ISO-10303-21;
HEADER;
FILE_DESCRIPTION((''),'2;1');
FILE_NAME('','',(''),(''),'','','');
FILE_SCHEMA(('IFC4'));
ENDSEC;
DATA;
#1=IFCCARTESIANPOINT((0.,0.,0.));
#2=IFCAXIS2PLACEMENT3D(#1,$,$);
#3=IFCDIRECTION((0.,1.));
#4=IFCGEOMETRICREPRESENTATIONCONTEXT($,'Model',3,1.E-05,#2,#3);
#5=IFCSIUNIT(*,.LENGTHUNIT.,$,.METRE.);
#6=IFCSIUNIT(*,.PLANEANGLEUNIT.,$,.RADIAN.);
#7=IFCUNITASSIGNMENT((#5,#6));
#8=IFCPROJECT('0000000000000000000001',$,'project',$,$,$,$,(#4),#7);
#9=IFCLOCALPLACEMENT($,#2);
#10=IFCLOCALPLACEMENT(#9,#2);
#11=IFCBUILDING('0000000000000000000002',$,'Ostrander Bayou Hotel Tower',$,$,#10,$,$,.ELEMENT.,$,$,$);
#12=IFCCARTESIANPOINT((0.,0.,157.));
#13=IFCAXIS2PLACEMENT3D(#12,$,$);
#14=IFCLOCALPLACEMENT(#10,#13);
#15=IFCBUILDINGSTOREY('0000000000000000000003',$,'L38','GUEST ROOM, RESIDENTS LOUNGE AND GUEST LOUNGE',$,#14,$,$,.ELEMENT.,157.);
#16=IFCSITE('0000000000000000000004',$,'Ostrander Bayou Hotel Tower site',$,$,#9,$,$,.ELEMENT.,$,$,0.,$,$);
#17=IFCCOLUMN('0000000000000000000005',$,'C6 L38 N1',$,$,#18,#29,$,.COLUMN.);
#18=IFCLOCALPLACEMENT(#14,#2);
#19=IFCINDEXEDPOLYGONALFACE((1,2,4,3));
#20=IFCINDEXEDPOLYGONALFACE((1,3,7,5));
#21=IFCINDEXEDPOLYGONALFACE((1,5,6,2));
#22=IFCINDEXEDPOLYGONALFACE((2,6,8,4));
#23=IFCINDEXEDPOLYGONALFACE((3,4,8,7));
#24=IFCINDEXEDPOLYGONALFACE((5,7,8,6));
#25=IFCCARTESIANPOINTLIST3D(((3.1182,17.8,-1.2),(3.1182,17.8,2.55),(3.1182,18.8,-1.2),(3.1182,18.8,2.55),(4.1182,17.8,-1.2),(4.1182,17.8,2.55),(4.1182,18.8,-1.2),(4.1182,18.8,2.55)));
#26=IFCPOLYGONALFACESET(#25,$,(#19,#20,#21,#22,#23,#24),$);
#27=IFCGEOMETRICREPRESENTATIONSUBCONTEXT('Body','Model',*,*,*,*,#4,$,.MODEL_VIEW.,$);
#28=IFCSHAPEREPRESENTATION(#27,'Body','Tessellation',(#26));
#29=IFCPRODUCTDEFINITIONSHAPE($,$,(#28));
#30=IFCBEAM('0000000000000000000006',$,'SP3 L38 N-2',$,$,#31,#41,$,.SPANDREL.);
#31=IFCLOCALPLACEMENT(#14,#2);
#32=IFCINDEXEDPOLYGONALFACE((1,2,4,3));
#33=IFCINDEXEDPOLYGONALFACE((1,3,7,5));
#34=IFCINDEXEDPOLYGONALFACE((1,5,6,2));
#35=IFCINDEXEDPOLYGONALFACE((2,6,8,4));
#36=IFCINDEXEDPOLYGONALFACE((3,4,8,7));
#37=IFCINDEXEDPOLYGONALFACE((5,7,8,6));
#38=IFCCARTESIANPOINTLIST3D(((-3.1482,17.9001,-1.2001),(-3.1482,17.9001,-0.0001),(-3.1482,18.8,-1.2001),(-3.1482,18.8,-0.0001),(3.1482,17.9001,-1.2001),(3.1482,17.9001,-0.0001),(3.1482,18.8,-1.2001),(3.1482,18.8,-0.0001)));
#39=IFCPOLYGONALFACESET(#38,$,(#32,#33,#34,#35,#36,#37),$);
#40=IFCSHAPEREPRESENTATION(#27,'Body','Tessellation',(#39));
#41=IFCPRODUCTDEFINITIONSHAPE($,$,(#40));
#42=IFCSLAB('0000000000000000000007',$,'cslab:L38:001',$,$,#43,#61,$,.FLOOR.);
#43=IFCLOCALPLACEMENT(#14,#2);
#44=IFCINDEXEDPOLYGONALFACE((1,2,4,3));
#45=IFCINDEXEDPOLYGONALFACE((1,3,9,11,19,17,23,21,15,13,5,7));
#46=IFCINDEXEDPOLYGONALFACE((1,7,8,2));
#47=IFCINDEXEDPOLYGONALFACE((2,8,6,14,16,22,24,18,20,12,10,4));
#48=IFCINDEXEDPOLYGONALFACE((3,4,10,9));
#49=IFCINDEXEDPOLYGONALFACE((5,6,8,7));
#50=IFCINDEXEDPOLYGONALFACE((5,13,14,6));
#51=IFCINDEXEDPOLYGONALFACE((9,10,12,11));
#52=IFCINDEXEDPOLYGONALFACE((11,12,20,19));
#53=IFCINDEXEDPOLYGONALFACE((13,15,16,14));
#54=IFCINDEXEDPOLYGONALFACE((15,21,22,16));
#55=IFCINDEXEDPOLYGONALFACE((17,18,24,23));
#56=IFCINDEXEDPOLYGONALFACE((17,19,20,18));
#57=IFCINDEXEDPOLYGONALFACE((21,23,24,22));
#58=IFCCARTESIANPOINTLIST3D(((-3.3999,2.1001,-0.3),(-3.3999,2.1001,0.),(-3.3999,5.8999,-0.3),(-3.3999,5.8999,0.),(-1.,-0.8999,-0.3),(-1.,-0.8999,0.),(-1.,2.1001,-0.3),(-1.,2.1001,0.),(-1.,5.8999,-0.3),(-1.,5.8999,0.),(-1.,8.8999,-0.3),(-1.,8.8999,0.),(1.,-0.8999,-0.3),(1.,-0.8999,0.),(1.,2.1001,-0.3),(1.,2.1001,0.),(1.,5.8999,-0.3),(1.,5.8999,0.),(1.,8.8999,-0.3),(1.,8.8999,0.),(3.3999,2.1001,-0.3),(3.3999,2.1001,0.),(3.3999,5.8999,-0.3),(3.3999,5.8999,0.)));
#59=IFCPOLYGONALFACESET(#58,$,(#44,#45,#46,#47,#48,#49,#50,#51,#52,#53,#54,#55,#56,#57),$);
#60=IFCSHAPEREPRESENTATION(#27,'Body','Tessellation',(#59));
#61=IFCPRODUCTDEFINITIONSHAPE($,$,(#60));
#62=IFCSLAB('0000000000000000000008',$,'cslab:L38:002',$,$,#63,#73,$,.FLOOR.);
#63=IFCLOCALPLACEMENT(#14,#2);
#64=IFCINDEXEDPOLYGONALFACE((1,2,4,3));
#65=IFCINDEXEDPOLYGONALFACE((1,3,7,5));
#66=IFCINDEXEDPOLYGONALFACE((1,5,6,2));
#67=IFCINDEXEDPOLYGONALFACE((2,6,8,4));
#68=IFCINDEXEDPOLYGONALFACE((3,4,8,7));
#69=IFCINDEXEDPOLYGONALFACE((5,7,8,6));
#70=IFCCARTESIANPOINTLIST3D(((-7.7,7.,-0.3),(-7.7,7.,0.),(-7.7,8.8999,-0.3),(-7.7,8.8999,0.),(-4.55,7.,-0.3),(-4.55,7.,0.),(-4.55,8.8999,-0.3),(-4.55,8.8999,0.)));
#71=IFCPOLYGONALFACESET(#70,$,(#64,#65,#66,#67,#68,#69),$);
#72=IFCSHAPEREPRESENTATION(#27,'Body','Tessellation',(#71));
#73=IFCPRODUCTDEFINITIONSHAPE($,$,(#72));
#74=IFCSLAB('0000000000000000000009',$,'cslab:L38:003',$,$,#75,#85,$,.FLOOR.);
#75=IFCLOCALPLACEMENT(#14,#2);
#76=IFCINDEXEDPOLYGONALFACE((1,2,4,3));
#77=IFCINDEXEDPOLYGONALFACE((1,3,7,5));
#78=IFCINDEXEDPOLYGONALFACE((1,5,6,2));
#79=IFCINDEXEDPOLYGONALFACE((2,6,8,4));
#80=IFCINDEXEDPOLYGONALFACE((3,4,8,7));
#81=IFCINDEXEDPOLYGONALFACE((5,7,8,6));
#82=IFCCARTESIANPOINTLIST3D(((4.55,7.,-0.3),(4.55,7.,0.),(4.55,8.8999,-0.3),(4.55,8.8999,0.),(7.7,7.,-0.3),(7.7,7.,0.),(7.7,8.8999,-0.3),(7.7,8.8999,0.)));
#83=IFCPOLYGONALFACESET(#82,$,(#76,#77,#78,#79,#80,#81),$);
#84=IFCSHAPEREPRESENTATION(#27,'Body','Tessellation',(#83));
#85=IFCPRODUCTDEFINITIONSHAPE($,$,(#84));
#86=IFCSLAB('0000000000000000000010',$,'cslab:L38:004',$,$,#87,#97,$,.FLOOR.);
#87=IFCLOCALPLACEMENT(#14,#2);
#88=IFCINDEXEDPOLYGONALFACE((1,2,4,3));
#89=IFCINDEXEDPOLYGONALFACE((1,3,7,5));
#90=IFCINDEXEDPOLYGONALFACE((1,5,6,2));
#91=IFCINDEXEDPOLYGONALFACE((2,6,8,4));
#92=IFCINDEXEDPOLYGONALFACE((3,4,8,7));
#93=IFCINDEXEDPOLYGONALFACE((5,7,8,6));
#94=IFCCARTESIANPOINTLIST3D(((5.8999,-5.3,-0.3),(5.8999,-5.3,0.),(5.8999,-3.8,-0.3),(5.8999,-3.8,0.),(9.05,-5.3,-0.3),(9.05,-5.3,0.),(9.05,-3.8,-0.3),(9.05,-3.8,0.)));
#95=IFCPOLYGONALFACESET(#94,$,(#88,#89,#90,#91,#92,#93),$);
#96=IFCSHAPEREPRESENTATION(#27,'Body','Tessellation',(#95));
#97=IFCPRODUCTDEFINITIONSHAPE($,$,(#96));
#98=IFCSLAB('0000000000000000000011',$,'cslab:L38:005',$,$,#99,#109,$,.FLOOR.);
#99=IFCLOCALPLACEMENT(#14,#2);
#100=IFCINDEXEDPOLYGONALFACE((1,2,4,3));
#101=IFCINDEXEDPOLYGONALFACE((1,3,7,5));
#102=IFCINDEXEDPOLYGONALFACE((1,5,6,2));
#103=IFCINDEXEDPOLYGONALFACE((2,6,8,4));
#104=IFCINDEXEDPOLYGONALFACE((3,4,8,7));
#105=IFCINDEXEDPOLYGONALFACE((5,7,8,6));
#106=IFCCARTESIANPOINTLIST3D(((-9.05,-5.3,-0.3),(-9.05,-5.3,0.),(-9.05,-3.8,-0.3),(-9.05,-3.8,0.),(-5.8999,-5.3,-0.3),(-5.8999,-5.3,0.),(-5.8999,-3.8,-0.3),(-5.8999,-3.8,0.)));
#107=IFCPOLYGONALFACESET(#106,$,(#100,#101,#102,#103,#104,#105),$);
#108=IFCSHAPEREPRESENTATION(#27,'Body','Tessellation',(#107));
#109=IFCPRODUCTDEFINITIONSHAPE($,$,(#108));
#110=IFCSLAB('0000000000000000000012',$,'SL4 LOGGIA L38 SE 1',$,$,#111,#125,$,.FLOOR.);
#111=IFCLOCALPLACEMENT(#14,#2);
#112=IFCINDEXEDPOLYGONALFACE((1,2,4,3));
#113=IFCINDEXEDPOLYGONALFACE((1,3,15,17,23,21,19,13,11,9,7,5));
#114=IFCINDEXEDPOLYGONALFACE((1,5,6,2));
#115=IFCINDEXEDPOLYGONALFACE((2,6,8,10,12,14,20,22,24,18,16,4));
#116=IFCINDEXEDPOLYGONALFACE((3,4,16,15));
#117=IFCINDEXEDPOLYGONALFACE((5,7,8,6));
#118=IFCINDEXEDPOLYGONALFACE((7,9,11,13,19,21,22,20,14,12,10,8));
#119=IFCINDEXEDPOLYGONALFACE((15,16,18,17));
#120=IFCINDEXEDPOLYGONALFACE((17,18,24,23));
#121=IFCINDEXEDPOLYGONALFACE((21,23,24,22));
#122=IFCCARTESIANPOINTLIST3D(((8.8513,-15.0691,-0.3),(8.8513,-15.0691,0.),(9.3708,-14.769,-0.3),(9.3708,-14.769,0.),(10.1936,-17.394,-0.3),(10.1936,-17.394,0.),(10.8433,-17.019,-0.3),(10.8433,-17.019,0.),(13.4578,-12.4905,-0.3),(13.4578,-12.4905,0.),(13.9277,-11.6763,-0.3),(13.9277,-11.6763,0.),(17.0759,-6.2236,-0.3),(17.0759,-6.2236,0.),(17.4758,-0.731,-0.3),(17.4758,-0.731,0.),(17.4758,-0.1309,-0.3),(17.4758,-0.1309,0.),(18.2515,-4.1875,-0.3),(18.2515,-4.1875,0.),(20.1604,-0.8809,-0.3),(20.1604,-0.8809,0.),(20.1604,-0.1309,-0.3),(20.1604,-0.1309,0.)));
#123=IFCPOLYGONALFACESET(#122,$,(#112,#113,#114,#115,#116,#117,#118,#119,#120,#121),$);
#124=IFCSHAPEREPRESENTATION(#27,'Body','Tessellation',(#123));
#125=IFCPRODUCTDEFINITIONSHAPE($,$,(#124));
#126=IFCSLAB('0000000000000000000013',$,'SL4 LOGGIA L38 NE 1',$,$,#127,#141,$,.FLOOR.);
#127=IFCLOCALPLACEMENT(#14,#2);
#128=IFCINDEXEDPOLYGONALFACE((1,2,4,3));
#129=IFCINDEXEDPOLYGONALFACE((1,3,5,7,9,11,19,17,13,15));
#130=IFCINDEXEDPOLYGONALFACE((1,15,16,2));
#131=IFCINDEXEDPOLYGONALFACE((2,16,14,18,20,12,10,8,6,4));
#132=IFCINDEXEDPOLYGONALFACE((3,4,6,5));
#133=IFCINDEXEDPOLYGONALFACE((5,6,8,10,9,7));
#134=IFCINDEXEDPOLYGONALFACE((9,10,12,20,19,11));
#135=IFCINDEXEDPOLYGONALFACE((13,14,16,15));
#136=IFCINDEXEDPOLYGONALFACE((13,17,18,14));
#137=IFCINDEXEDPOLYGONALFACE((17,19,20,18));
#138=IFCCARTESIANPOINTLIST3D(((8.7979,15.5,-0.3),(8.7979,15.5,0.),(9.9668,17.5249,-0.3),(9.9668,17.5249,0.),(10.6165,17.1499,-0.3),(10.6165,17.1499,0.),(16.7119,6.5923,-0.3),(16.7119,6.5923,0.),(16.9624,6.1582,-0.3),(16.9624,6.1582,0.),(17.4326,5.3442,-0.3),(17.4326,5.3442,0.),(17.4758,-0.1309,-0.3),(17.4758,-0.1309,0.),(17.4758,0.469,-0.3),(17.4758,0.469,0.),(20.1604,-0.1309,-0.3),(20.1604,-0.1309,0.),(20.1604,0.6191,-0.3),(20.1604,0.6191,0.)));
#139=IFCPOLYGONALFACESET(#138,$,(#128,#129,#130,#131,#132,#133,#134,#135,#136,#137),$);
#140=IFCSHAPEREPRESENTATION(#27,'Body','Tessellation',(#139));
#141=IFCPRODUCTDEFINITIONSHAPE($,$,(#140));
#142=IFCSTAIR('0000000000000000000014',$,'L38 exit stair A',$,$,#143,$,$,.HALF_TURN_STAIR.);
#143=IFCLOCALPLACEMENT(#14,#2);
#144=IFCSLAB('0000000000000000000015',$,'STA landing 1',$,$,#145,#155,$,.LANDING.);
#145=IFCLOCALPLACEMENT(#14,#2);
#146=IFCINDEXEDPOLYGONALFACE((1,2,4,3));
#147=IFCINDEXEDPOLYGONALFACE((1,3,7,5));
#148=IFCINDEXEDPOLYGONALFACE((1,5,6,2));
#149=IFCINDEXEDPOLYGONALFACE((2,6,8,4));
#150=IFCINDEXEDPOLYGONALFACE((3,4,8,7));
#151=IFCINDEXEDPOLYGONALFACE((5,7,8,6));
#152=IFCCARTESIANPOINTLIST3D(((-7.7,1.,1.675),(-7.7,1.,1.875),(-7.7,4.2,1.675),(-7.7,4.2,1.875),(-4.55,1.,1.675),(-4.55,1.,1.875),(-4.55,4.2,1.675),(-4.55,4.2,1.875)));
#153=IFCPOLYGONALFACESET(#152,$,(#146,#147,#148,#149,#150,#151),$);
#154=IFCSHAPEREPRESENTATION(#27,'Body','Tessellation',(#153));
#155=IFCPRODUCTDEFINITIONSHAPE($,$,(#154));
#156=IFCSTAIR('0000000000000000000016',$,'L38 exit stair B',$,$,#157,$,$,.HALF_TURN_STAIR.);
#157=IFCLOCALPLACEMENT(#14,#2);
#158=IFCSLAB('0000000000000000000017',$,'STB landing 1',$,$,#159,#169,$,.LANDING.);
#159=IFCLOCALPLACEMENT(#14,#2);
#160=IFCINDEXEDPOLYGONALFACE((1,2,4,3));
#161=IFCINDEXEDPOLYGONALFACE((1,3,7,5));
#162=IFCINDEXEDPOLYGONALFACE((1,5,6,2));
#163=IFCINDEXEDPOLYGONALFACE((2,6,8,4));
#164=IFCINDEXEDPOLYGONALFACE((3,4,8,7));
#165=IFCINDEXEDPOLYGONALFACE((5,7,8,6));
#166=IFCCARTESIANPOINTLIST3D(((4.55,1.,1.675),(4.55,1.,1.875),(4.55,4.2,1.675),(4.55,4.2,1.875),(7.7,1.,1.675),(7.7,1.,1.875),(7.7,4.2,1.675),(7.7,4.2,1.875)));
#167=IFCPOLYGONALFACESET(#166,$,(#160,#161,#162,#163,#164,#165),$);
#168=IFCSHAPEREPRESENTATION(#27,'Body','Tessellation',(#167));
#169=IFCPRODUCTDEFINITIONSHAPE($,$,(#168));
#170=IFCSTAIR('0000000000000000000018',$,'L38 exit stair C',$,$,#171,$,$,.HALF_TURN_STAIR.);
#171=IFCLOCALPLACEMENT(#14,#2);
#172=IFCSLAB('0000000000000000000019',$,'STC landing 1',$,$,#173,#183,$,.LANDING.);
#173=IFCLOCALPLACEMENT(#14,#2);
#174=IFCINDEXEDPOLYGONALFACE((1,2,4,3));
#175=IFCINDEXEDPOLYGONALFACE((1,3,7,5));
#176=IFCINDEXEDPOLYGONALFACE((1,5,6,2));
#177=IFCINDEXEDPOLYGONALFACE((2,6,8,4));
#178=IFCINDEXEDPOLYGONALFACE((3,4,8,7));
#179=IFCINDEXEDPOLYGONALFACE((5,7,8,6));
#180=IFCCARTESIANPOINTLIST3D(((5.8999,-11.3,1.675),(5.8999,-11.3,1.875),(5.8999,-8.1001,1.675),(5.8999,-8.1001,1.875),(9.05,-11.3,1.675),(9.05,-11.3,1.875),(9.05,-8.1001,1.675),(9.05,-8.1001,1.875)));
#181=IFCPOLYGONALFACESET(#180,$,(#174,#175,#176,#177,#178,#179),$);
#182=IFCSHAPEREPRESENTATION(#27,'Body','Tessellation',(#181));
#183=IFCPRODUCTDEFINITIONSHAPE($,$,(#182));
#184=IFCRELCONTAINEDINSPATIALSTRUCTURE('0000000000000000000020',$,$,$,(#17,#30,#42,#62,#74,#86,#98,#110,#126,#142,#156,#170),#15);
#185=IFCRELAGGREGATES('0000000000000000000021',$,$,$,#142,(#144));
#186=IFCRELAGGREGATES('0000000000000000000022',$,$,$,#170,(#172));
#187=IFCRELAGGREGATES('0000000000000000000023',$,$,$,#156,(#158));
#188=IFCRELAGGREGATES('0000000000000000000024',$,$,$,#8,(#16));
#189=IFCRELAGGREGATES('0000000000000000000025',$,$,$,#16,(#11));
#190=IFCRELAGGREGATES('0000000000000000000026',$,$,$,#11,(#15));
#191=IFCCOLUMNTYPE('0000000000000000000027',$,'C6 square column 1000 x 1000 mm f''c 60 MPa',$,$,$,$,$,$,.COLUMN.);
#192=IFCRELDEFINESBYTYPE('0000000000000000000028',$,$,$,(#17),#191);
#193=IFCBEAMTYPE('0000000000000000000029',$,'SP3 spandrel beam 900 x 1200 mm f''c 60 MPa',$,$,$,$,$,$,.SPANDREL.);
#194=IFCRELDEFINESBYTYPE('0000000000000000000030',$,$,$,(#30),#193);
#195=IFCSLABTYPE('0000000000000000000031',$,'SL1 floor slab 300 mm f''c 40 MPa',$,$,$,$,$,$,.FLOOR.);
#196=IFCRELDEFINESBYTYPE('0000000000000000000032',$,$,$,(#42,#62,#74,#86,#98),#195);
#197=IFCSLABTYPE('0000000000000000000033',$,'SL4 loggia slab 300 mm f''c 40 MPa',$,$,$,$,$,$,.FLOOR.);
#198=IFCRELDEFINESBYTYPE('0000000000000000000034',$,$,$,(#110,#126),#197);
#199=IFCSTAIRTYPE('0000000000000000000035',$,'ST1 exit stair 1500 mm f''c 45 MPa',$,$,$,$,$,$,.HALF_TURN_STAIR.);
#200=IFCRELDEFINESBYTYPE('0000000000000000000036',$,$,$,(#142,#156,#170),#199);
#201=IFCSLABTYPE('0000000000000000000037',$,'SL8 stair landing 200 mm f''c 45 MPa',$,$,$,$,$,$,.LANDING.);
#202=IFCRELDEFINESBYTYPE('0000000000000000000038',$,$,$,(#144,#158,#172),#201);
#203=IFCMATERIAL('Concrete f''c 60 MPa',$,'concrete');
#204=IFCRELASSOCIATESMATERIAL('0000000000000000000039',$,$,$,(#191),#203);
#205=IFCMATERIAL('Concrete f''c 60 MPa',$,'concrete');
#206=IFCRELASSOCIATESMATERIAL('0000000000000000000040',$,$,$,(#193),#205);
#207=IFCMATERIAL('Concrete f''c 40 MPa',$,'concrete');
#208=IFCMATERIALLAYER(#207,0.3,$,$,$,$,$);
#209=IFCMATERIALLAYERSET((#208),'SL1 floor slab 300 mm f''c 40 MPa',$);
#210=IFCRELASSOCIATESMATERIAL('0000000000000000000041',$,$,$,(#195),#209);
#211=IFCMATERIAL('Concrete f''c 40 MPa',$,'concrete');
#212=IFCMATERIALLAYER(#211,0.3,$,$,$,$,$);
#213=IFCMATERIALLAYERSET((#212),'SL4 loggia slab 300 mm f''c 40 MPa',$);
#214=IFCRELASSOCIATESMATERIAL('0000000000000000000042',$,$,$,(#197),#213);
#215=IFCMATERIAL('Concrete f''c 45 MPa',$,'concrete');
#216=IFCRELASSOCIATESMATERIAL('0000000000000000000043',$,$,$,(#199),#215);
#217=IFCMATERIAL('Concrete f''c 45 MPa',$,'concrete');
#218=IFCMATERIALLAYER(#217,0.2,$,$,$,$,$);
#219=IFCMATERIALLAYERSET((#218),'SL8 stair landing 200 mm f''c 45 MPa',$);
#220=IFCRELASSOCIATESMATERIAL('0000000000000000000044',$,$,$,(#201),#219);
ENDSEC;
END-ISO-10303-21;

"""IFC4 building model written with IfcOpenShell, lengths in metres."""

from ifc_helpers import new_model, si_unit, direction, frame, origin, origin_2d, place, context, subcontext, project, spatial, polyline, rectangle, outline, extrude, material, layer, layer_set, material_profile, profile_set, type_object, element, aggregate, save


model = new_model("IFC4")

# Units and contexts
model_context = context("Model", 3, precision=1e-05, world=origin(), true_north=direction((0.0, 1.0)))
body_context = subcontext(model_context, "Body", "Model", "MODEL_VIEW")
ifc_project = project(units=[si_unit("LENGTHUNIT", "METRE"), si_unit("PLANEANGLEUNIT", "RADIAN")], contexts=[model_context])

# Site, building, storey
site_placement = place(None, origin())
site = spatial("IfcSite", under=ifc_project, at=site_placement, Name="Ostrander Bayou Hotel Tower site", CompositionType="ELEMENT", RefElevation=0.0)
building_placement = place(site_placement, origin())
building = spatial("IfcBuilding", under=site, at=building_placement, Name="Ostrander Bayou Hotel Tower", CompositionType="ELEMENT")
storey_placement = place(building_placement, frame((0.0, 0.0, 157.0)))
storey = spatial("IfcBuildingStorey", under=building, at=storey_placement, Name="L38", Description="GUEST ROOM, RESIDENTS LOUNGE AND GUEST LOUNGE", CompositionType="ELEMENT", Elevation=157.0)

# Column
ifc_material_1 = material(Name="Concrete f'c 60 MPa", Category="concrete")
ifc_material_profile_1 = material_profile(ifc_material_1, rectangle(XDim=1.0, YDim=1.0, at=origin_2d()))
ifc_profile_set_1 = profile_set([ifc_material_profile_1], Name="Concrete f'c 60 MPa")
column_type = type_object("IfcColumnType", Name="C6 square column 1000 x 1000 mm f'c 60 MPa", PredefinedType="COLUMN", material=ifc_profile_set_1)
column_placement = place(storey_placement, frame((3.6182, 18.3, -1.2), z_axis=(0.0, 0.0, 1.0), x_axis=(1.0, 0.0, 0.0)))
element("IfcColumn", 1, at=column_placement, inside=storey, type_object=column_type, Name="C6 L38 N1", PredefinedType="COLUMN", context=body_context, shape_type="SweptSolid", body=[
    extrude(rectangle(XDim=1.0, YDim=1.0, at=origin_2d()), origin(), (0.0, 0.0, 1.0), 3.75),
])

# Beam
ifc_material_2 = material(Name="Concrete f'c 60 MPa", Category="concrete")
ifc_material_profile_2 = material_profile(ifc_material_2, rectangle(XDim=0.8999, YDim=1.2, at=origin_2d()))
ifc_profile_set_2 = profile_set([ifc_material_profile_2], Name="Concrete f'c 60 MPa")
beam_type = type_object("IfcBeamType", Name="SP3 spandrel beam 900 x 1200 mm f'c 60 MPa", PredefinedType="SPANDREL", material=ifc_profile_set_2)
beam_placement = place(storey_placement, frame((3.1482, 18.3501, -0.6001), z_axis=(-1.0, 0.0, 0.0), x_axis=(0.0, -1.0, 0.0)))
element("IfcBeam", 2, at=beam_placement, inside=storey, type_object=beam_type, Name="SP3 L38 N-2", PredefinedType="SPANDREL", context=body_context, shape_type="SweptSolid", body=[
    extrude(rectangle(XDim=0.8999, YDim=1.2, at=origin_2d()), origin(), (0.0, 0.0, 1.0), 6.2964),
])

# Slabs
ifc_material_3 = material(Name="Concrete f'c 40 MPa", Category="concrete")
ifc_layer_1 = layer(ifc_material_3, 0.3)
ifc_layer_set_1 = layer_set([ifc_layer_1], Name="SL1 floor slab 300 mm f'c 40 MPa")
slab_type_1 = type_object("IfcSlabType", Name="SL1 floor slab 300 mm f'c 40 MPa", PredefinedType="FLOOR", material=ifc_layer_set_1)
slab_1_placement = place(storey_placement, frame((0.0, 0.0, -0.3)))
element("IfcSlab", 3, at=slab_1_placement, inside=storey, type_object=slab_type_1, Name="cslab:L38:001", PredefinedType="FLOOR", context=body_context, shape_type="SweptSolid", body=[
    extrude(outline(polyline([(-3.3999, 5.8999), (-1.0, 5.8999), (-1.0, 8.8999), (1.0, 8.8999), (1.0, 5.8999), (3.3999, 5.8999), (3.3999, 2.1001), (1.0, 2.1001), (1.0, -0.8999), (-1.0, -0.8999), (-1.0, 2.1001), (-3.3999, 2.1001), (-3.3999, 5.8999)])), origin(), (0.0, 0.0, 1.0), 0.3),
])
slab_2_placement = place(storey_placement, frame((0.0, 0.0, -0.3)))
element("IfcSlab", 4, at=slab_2_placement, inside=storey, type_object=slab_type_1, Name="cslab:L38:002", PredefinedType="FLOOR", context=body_context, shape_type="SweptSolid", body=[
    extrude(outline(polyline([(-4.55, 7.0), (-4.55, 8.8999), (-7.7, 8.8999), (-7.7, 7.0), (-4.55, 7.0)])), origin(), (0.0, 0.0, 1.0), 0.3),
])
slab_3_placement = place(storey_placement, frame((0.0, 0.0, -0.3)))
element("IfcSlab", 5, at=slab_3_placement, inside=storey, type_object=slab_type_1, Name="cslab:L38:003", PredefinedType="FLOOR", context=body_context, shape_type="SweptSolid", body=[
    extrude(outline(polyline([(7.7, 7.0), (7.7, 8.8999), (4.55, 8.8999), (4.55, 7.0), (7.7, 7.0)])), origin(), (0.0, 0.0, 1.0), 0.3),
])
slab_4_placement = place(storey_placement, frame((0.0, 0.0, -0.3)))
element("IfcSlab", 6, at=slab_4_placement, inside=storey, type_object=slab_type_1, Name="cslab:L38:004", PredefinedType="FLOOR", context=body_context, shape_type="SweptSolid", body=[
    extrude(outline(polyline([(9.05, -5.3), (9.05, -3.8), (5.8999, -3.8), (5.8999, -5.3), (9.05, -5.3)])), origin(), (0.0, 0.0, 1.0), 0.3),
])
slab_5_placement = place(storey_placement, frame((0.0, 0.0, -0.3)))
element("IfcSlab", 7, at=slab_5_placement, inside=storey, type_object=slab_type_1, Name="cslab:L38:005", PredefinedType="FLOOR", context=body_context, shape_type="SweptSolid", body=[
    extrude(outline(polyline([(-5.8999, -5.3), (-5.8999, -3.8), (-9.05, -3.8), (-9.05, -5.3), (-5.8999, -5.3)])), origin(), (0.0, 0.0, 1.0), 0.3),
])
ifc_material_4 = material(Name="Concrete f'c 40 MPa", Category="concrete")
ifc_layer_2 = layer(ifc_material_4, 0.3)
ifc_layer_set_2 = layer_set([ifc_layer_2], Name="SL4 loggia slab 300 mm f'c 40 MPa")
slab_type_2 = type_object("IfcSlabType", Name="SL4 loggia slab 300 mm f'c 40 MPa", PredefinedType="FLOOR", material=ifc_layer_set_2)
slab_6_placement = place(storey_placement, frame((0.0, 0.0, -0.3)))
element("IfcSlab", 8, at=slab_6_placement, inside=storey, type_object=slab_type_2, Name="SL4 LOGGIA L38 SE 1", PredefinedType="FLOOR", context=body_context, shape_type="SweptSolid", body=[
    extrude(outline(polyline([(17.4758, -0.1309), (20.1604, -0.1309), (20.1604, -0.8809), (18.2515, -4.1875), (17.0759, -6.2236), (13.9277, -11.6763), (13.4578, -12.4905), (10.8433, -17.019), (10.1936, -17.394), (8.8513, -15.0691), (9.3708, -14.769), (17.4758, -0.731), (17.4758, -0.1309)])), origin(), (0.0, 0.0, 1.0), 0.3),
])
slab_7_placement = place(storey_placement, frame((0.0, 0.0, -0.3)))
element("IfcSlab", 9, at=slab_7_placement, inside=storey, type_object=slab_type_2, Name="SL4 LOGGIA L38 NE 1", PredefinedType="FLOOR", context=body_context, shape_type="SweptSolid", body=[
    extrude(outline(polyline([(9.9668, 17.5249), (10.6165, 17.1499), (16.7119, 6.5923), (16.9624, 6.1582), (17.4326, 5.3442), (20.1604, 0.6191), (20.1604, -0.1309), (17.4758, -0.1309), (17.4758, 0.469), (8.7979, 15.5), (9.9668, 17.5249)])), origin(), (0.0, 0.0, 1.0), 0.3),
])

# Stairs, slabs
ifc_material_5 = material(Name="Concrete f'c 45 MPa", Category="concrete")
stair_type = type_object("IfcStairType", Name="ST1 exit stair 1500 mm f'c 45 MPa", PredefinedType="HALF_TURN_STAIR", material=ifc_material_5)
stair_1_placement = place(storey_placement, origin())
stair_1 = element("IfcStair", 10, at=stair_1_placement, inside=storey, type_object=stair_type, Name="L38 exit stair A", PredefinedType="HALF_TURN_STAIR")
ifc_material_6 = material(Name="Concrete f'c 45 MPa", Category="concrete")
ifc_layer_3 = layer(ifc_material_6, 0.2)
ifc_layer_set_3 = layer_set([ifc_layer_3], Name="SL8 stair landing 200 mm f'c 45 MPa")
slab_type_3 = type_object("IfcSlabType", Name="SL8 stair landing 200 mm f'c 45 MPa", PredefinedType="LANDING", material=ifc_layer_set_3)
slab_8_placement = place(storey_placement, frame((0.0, 0.0, 1.675)))
slab_8 = element("IfcSlab", 11, at=slab_8_placement, type_object=slab_type_3, Name="STA landing 1", PredefinedType="LANDING", context=body_context, shape_type="SweptSolid", body=[
    extrude(outline(polyline([(-7.7, 4.2), (-7.7, 1.0), (-4.55, 1.0), (-4.55, 4.2), (-7.7, 4.2)])), origin(), (0.0, 0.0, 1.0), 0.2),
])
aggregate(stair_1, [slab_8])
stair_2_placement = place(storey_placement, origin())
stair_2 = element("IfcStair", 12, at=stair_2_placement, inside=storey, type_object=stair_type, Name="L38 exit stair B", PredefinedType="HALF_TURN_STAIR")
slab_9_placement = place(storey_placement, frame((0.0, 0.0, 1.675)))
slab_9 = element("IfcSlab", 13, at=slab_9_placement, type_object=slab_type_3, Name="STB landing 1", PredefinedType="LANDING", context=body_context, shape_type="SweptSolid", body=[
    extrude(outline(polyline([(4.55, 4.2), (4.55, 1.0), (7.7, 1.0), (7.7, 4.2), (4.55, 4.2)])), origin(), (0.0, 0.0, 1.0), 0.2),
])
stair_3_placement = place(storey_placement, origin())
stair_3 = element("IfcStair", 14, at=stair_3_placement, inside=storey, type_object=stair_type, Name="L38 exit stair C", PredefinedType="HALF_TURN_STAIR")
slab_10_placement = place(storey_placement, frame((0.0, 0.0, 1.675)))
slab_10 = element("IfcSlab", 15, at=slab_10_placement, type_object=slab_type_3, Name="STC landing 1", PredefinedType="LANDING", context=body_context, shape_type="SweptSolid", body=[
    extrude(outline(polyline([(5.8999, -8.1001), (5.8999, -11.3), (9.05, -11.3), (9.05, -8.1001), (5.8999, -8.1001)])), origin(), (0.0, 0.0, 1.0), 0.2),
])
aggregate(stair_3, [slab_10])

aggregate(stair_2, [slab_9])

save(model, "model.ifc")
